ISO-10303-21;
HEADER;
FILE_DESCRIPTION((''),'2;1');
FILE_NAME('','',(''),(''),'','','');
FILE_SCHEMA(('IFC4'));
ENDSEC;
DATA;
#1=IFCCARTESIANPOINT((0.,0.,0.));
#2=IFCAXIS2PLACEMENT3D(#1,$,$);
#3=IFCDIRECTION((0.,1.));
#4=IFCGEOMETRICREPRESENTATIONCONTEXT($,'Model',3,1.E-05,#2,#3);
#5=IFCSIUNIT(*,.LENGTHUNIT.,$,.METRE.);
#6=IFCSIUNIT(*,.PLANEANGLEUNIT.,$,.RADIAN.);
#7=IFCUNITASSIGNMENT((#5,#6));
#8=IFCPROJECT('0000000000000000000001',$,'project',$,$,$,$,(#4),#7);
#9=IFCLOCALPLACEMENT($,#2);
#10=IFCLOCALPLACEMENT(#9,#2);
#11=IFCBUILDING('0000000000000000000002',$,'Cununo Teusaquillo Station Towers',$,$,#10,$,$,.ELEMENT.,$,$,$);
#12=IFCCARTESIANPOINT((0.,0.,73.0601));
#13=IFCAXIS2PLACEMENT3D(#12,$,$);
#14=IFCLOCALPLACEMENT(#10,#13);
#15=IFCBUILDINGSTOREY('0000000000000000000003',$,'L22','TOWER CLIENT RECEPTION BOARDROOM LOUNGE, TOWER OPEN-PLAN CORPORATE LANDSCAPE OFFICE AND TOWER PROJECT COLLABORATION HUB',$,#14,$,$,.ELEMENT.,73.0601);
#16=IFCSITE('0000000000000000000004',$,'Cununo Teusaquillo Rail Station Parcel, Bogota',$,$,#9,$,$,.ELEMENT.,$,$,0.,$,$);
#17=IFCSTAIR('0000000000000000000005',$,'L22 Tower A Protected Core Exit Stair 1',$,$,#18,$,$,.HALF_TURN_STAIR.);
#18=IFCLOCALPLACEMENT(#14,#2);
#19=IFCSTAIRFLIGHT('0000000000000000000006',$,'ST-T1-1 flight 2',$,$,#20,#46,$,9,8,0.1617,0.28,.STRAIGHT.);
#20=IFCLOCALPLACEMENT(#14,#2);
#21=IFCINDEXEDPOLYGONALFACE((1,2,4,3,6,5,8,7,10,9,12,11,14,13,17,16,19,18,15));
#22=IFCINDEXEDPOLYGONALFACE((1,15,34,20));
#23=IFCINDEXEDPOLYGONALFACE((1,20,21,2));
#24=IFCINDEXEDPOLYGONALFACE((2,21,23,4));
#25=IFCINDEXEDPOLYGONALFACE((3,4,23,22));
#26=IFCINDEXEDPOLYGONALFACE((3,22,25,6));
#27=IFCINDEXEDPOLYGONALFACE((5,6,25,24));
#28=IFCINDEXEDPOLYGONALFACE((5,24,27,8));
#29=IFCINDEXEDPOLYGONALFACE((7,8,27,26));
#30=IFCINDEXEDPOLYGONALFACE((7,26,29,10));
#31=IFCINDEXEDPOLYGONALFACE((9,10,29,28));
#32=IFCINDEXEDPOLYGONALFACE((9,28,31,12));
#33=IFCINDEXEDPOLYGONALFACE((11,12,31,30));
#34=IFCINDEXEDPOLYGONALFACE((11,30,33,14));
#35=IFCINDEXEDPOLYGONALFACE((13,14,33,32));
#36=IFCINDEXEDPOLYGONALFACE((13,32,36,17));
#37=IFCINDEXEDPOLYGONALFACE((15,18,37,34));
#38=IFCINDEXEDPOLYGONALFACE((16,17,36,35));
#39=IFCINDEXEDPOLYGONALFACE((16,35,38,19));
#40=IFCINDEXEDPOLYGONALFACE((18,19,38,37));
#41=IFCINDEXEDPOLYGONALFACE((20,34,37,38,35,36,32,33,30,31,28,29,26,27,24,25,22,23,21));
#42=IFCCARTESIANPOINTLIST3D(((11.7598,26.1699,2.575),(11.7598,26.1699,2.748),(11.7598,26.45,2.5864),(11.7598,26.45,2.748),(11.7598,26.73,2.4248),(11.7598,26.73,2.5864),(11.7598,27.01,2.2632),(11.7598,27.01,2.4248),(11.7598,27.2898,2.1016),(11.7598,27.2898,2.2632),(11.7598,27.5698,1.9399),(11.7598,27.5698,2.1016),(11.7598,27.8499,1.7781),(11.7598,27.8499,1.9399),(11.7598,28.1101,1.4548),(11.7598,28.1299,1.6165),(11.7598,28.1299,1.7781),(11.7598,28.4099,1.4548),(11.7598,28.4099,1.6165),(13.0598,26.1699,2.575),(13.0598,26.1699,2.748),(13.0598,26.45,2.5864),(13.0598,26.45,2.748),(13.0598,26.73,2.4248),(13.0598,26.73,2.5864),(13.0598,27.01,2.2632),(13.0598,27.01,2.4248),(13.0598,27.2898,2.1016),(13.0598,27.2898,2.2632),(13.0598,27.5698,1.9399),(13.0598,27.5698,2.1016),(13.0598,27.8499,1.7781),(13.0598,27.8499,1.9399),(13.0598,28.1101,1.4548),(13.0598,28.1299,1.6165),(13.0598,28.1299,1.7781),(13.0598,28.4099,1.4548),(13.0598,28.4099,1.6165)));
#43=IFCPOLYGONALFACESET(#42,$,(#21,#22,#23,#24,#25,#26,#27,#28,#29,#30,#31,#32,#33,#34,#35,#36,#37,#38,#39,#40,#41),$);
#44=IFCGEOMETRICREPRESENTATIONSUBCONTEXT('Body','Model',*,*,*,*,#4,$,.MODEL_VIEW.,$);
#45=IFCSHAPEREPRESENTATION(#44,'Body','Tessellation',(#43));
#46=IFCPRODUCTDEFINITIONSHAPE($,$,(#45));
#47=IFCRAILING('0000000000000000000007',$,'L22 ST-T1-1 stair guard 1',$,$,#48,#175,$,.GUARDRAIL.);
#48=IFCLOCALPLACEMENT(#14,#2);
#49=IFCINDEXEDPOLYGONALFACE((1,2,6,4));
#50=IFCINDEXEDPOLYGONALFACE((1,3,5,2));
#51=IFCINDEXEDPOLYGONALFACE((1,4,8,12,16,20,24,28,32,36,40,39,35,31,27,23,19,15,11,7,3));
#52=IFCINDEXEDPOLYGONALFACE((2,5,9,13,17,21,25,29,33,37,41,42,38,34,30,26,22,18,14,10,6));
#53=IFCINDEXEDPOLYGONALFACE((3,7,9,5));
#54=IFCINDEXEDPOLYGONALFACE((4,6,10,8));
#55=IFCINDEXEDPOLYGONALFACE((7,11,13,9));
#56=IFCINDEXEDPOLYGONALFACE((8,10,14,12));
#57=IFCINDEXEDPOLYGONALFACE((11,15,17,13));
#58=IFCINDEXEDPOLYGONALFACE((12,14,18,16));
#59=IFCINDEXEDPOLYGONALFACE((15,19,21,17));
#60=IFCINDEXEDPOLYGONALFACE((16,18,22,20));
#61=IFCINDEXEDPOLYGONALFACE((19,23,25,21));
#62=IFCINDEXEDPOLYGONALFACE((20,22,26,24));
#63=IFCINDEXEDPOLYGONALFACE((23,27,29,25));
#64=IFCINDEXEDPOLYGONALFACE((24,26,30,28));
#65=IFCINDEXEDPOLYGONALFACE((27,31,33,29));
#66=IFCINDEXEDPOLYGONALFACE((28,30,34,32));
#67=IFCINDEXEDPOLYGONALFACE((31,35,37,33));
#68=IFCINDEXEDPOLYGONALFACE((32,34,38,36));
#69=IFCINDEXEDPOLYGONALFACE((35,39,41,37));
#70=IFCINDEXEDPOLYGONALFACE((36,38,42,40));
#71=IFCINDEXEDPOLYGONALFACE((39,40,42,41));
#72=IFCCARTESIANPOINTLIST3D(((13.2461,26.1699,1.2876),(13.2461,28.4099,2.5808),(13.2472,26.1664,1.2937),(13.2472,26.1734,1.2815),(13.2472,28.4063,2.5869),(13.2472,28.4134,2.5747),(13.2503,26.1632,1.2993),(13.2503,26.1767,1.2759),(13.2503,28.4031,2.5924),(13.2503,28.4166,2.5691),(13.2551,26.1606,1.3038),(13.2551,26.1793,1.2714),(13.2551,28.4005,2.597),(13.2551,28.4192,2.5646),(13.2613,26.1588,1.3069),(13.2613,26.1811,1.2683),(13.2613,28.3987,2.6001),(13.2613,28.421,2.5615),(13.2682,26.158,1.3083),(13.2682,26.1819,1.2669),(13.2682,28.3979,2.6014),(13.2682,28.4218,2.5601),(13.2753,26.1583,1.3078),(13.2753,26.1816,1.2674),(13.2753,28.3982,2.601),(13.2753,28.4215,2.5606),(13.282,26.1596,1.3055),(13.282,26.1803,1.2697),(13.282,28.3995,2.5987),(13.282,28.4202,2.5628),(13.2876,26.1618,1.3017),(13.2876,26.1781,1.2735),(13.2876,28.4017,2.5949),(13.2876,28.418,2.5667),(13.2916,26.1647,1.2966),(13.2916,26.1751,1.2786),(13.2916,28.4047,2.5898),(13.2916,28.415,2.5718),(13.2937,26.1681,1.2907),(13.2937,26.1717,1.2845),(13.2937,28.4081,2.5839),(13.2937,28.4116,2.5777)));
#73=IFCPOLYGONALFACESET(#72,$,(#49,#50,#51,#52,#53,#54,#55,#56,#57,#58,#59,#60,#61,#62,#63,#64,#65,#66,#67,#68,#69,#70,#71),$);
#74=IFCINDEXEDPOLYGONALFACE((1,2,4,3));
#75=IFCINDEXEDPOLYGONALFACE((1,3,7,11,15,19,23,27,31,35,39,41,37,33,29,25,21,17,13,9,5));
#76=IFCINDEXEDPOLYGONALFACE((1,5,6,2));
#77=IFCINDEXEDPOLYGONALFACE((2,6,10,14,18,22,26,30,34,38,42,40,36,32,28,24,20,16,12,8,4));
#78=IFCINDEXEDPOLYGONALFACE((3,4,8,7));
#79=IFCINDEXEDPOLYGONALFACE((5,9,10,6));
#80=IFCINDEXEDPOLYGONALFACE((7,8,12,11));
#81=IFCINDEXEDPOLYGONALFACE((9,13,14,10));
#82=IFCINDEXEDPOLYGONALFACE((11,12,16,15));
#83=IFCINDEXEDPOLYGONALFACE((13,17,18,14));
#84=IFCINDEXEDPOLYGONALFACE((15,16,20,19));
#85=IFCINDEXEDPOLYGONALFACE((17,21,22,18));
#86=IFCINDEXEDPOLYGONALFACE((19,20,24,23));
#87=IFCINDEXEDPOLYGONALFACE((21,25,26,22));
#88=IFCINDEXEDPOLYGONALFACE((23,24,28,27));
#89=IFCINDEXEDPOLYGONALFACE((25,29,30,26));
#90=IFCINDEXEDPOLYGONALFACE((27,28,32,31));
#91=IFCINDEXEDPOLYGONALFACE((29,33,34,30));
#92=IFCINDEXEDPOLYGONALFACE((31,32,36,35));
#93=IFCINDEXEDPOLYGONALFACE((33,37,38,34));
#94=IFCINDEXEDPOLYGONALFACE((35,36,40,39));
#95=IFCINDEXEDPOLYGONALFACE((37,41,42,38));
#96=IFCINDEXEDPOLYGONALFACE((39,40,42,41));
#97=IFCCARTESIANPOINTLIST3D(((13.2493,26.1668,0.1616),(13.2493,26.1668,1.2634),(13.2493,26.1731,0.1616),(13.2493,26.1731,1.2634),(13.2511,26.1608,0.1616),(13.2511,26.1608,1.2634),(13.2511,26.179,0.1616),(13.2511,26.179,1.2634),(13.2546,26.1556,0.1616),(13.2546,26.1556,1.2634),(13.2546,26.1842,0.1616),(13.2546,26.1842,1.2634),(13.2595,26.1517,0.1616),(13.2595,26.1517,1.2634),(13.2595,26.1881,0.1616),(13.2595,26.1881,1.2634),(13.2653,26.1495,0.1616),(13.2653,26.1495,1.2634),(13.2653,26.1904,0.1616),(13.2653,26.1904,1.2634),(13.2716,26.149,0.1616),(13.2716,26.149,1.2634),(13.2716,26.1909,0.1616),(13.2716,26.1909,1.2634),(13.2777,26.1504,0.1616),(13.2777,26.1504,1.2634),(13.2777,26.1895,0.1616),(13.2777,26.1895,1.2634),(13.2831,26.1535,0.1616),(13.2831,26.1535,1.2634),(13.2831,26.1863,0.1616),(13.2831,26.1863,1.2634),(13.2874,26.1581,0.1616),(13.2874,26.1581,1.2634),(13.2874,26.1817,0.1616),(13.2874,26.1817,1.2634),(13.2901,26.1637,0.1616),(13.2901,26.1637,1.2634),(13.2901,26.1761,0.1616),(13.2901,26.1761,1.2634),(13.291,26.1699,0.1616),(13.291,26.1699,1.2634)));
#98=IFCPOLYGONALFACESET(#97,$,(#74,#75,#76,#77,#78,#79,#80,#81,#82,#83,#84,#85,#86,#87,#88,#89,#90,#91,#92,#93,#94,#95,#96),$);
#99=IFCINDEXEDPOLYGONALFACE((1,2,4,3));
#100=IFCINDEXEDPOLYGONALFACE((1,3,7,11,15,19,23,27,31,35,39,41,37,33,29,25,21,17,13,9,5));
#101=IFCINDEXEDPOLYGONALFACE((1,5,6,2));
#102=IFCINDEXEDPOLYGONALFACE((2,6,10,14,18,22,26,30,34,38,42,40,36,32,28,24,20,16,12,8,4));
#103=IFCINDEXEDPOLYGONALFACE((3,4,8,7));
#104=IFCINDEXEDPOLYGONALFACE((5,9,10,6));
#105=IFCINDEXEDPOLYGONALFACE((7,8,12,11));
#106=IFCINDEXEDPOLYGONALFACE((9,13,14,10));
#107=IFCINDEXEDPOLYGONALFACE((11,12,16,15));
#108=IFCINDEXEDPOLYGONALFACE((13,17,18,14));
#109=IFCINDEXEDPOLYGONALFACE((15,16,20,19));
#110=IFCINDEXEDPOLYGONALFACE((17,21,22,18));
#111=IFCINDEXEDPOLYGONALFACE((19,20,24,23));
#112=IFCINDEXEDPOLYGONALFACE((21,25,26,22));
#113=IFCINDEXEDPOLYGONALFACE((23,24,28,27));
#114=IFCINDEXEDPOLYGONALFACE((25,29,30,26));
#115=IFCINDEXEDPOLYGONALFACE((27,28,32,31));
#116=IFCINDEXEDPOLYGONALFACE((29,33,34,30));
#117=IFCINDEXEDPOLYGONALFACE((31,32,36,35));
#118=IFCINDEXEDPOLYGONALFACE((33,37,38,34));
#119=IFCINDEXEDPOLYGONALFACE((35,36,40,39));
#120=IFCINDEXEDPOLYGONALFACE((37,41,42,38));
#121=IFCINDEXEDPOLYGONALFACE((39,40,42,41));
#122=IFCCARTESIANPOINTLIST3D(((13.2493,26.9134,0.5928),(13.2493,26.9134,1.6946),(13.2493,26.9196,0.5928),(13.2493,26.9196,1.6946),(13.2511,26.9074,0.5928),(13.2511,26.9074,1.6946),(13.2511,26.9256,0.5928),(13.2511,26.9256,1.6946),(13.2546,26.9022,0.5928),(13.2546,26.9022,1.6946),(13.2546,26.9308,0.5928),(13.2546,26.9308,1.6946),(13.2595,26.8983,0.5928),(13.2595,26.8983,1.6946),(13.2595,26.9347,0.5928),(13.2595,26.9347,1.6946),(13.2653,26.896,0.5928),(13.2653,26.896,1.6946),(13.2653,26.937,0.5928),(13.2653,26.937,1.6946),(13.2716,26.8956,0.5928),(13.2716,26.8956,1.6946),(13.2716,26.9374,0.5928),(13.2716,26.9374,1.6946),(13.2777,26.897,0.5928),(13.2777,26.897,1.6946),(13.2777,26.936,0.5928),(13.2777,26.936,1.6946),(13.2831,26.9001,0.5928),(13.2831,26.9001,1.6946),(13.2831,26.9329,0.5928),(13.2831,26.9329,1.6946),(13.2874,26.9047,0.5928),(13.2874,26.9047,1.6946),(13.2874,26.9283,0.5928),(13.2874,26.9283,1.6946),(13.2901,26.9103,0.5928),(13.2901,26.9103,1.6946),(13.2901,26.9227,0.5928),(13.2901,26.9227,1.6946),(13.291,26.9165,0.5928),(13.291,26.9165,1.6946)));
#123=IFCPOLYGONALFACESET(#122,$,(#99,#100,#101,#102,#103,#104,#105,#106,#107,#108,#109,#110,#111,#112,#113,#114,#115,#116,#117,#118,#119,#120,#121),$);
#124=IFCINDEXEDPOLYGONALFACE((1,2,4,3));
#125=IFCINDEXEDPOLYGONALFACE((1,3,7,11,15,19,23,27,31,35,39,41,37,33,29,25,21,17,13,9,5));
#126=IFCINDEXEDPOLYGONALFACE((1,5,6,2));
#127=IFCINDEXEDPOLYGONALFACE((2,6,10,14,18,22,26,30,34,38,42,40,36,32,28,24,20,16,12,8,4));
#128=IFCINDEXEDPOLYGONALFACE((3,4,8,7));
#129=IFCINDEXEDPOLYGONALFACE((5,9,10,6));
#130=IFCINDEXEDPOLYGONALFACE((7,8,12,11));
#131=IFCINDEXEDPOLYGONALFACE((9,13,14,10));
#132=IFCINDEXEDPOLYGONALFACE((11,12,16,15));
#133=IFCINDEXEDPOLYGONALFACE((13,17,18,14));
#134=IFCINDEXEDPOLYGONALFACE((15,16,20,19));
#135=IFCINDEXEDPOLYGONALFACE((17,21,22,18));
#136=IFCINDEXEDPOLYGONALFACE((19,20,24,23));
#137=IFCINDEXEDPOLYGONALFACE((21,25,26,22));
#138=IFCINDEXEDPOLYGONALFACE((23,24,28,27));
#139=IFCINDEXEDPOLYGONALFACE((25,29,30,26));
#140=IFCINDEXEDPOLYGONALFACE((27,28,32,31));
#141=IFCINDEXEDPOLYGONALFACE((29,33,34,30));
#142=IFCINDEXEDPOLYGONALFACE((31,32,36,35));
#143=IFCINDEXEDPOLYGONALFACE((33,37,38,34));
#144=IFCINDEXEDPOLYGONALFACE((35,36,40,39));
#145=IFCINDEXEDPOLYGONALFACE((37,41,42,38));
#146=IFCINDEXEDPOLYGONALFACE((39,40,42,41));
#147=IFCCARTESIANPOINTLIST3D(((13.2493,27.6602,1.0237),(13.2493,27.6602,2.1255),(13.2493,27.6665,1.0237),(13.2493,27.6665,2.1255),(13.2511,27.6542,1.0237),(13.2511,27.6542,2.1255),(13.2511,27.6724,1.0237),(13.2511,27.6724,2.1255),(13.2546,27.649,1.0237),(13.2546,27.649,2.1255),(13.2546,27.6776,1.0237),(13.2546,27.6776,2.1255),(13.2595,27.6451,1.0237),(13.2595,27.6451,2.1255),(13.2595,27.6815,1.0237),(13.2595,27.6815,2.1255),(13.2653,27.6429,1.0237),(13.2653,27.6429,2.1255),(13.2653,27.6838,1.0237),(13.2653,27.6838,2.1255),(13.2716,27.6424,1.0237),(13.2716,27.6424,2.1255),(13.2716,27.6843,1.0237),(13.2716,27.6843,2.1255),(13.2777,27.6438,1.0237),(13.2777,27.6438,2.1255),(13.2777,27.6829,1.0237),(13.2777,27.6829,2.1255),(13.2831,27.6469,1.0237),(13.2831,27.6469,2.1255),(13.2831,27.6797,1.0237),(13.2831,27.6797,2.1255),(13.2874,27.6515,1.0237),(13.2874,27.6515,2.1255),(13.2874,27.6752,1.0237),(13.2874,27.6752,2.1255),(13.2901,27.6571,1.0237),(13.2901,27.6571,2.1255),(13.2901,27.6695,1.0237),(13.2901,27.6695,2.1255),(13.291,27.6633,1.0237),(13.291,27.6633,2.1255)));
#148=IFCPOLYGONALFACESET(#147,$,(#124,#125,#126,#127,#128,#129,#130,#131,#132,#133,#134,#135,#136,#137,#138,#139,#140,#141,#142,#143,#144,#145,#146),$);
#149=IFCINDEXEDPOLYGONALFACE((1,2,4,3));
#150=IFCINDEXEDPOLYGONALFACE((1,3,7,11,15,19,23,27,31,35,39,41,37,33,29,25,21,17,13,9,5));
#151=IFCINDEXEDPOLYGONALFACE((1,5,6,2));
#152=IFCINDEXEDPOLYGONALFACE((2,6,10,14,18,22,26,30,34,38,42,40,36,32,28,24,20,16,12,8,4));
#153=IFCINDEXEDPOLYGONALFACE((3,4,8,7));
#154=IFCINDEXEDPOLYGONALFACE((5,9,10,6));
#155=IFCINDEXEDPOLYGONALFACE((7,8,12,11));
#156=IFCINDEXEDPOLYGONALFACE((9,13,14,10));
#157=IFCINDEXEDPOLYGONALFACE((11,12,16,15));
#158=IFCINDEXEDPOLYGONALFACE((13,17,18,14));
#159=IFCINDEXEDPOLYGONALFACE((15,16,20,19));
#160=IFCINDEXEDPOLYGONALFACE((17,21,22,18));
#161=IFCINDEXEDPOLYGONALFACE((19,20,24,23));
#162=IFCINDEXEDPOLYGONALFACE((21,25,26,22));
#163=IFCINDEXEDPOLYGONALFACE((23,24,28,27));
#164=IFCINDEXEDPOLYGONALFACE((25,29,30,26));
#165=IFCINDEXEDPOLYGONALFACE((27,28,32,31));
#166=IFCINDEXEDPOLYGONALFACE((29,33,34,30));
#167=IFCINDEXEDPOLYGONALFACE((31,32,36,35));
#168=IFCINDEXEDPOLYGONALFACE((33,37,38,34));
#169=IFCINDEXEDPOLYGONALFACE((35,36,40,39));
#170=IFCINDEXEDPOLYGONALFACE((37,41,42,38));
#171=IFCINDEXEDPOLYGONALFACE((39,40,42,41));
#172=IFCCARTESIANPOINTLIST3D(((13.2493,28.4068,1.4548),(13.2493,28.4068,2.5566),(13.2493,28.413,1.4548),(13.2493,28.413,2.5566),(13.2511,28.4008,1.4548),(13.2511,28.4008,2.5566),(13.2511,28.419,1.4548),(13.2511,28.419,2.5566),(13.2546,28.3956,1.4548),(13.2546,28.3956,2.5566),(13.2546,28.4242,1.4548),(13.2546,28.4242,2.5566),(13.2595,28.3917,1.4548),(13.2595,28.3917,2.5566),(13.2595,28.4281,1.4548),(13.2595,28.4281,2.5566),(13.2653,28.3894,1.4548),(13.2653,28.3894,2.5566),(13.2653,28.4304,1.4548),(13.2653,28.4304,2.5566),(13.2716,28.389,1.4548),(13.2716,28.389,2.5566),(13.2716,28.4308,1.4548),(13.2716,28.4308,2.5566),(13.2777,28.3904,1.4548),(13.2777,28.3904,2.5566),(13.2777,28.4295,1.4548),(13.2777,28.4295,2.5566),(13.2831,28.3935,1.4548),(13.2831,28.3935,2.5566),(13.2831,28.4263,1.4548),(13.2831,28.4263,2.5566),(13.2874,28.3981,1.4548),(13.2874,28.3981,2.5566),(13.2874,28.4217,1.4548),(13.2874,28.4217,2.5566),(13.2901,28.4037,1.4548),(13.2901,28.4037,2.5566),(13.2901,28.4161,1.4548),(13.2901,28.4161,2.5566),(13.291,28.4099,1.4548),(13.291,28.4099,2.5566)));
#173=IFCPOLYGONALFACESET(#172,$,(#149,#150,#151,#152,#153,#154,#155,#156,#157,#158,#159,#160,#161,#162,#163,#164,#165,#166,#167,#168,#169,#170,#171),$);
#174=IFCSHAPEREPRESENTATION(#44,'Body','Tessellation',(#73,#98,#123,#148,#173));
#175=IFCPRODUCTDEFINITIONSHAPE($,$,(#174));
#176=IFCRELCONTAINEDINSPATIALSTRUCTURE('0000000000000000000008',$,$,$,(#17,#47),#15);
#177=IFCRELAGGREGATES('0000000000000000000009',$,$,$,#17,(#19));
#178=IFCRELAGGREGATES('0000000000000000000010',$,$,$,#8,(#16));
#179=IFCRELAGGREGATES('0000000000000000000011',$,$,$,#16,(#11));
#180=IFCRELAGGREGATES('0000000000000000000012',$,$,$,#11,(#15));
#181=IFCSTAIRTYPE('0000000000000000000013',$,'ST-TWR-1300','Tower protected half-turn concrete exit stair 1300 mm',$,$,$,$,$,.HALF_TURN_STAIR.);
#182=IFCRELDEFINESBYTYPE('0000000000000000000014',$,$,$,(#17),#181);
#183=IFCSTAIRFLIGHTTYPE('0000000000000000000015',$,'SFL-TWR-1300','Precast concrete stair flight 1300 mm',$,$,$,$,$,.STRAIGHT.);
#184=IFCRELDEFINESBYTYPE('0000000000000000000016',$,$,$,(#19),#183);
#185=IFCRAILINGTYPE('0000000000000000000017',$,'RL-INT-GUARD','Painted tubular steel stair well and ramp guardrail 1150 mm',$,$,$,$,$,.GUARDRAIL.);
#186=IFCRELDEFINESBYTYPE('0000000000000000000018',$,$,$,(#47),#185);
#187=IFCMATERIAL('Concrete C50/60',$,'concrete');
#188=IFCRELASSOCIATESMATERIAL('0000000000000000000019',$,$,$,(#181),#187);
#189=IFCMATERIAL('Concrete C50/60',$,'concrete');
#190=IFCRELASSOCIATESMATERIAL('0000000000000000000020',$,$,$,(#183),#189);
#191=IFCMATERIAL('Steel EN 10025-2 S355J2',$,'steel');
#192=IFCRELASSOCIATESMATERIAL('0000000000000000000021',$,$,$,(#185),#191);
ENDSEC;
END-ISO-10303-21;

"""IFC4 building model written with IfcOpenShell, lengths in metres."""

from ifc_helpers import new_model, si_unit, direction, frame, origin, origin_2d, place, context, subcontext, project, spatial, polyline, circle, outline, extrude, material, type_object, element, aggregate, save


model = new_model("IFC4")

# Units and contexts
model_context = context("Model", 3, precision=1e-05, world=origin(), true_north=direction((0.0, 1.0)))
body_context = subcontext(model_context, "Body", "Model", "MODEL_VIEW")
ifc_project = project(units=[si_unit("LENGTHUNIT", "METRE"), si_unit("PLANEANGLEUNIT", "RADIAN")], contexts=[model_context])

# Site, building, storey
site_placement = place(None, origin())
site = spatial("IfcSite", under=ifc_project, at=site_placement, Name="Cununo Teusaquillo Rail Station Parcel, Bogota", CompositionType="ELEMENT", RefElevation=0.0)
building_placement = place(site_placement, origin())
building = spatial("IfcBuilding", under=site, at=building_placement, Name="Cununo Teusaquillo Station Towers", CompositionType="ELEMENT")
storey_placement = place(building_placement, frame((0.0, 0.0, 73.0601)))
storey = spatial("IfcBuildingStorey", under=building, at=storey_placement, Name="L22", Description="TOWER CLIENT RECEPTION BOARDROOM LOUNGE, TOWER OPEN-PLAN CORPORATE LANDSCAPE OFFICE AND TOWER PROJECT COLLABORATION HUB", CompositionType="ELEMENT", Elevation=73.0601)

# Stair, stair flight
ifc_material_1 = material(Name="Concrete C50/60", Category="concrete")
stair_type = type_object("IfcStairType", Name="ST-TWR-1300", Description="Tower protected half-turn concrete exit stair 1300 mm", PredefinedType="HALF_TURN_STAIR", material=ifc_material_1)
stair_placement = place(storey_placement, origin())
stair = element("IfcStair", 1, at=stair_placement, inside=storey, type_object=stair_type, Name="L22 Tower A Protected Core Exit Stair 1", PredefinedType="HALF_TURN_STAIR")
ifc_material_2 = material(Name="Concrete C50/60", Category="concrete")
stair_flight_type = type_object("IfcStairFlightType", Name="SFL-TWR-1300", Description="Precast concrete stair flight 1300 mm", PredefinedType="STRAIGHT", material=ifc_material_2)
stair_flight_1_placement = place(storey_placement, frame((12.4099, 28.4099, 1.4548), z_axis=(0.0, 0.0, 1.0), x_axis=(0.0, -1.0, 0.0)))
stair_flight_1 = element("IfcStairFlight", 2, at=stair_flight_1_placement, type_object=stair_flight_type, Name="ST-T1-1 flight 2", NumberOfRisers=9, NumberOfTreads=8, PredefinedType="STRAIGHT", RiserHeight=0.1617, TreadLength=0.28, context=body_context, shape_type="SweptSolid", body=[
    extrude(outline(polyline([(0.0, 0.0), (0.0, 0.1616), (0.28, 0.1616), (0.28, 0.3232), (0.5601, 0.3232), (0.5601, 0.4851), (0.8401, 0.4851), (0.8401, 0.6467), (1.1201, 0.6467), (1.1201, 0.8083), (1.3999, 0.8083), (1.3999, 0.97), (1.6799, 0.97), (1.6799, 1.1316), (1.96, 1.1316), (1.96, 1.2932), (2.24, 1.2932), (2.24, 1.4551), (2.24, 1.1201), (0.2998, 0.0), (0.0, 0.0)])), frame((0.0, 0.6499, 0.0), z_axis=(0.0, -1.0, 0.0), x_axis=(1.0, 0.0, 0.0)), (0.0, 0.0, 1.0), 1.3),
])
aggregate(stair, [stair_flight_1])

# Railing
ifc_material_3 = material(Name="Steel EN 10025-2 S355J2", Category="steel")
railing_type_1 = type_object("IfcRailingType", Name="RL-INT-GUARD", Description="Painted tubular steel stair well and ramp guardrail 1150 mm", PredefinedType="GUARDRAIL", material=ifc_material_3)
railing_1_placement = place(storey_placement, frame((13.27, 26.1699, 0.1616)))
element("IfcRailing", 3, at=railing_1_placement, inside=storey, type_object=railing_type_1, Name="L22 ST-T1-1 stair guard 1", PredefinedType="GUARDRAIL", context=body_context, shape_type="SweptSolid", body=[
    extrude(circle(Radius=0.0239, at=origin_2d()), frame((0.0, 0.0, 1.126), z_axis=(0.0, 0.866033, 0.499987), x_axis=(-1.0, 0.0, 0.0)), (0.0, 0.0, 1.0), 2.5864),
    extrude(circle(Radius=0.021, at=origin_2d()), origin(), (0.0, 0.0, 1.0), 1.1018),
    extrude(circle(Radius=0.021, at=origin_2d()), frame((0.0, 0.7466, 0.4312)), (0.0, 0.0, 1.0), 1.1018),
    extrude(circle(Radius=0.021, at=origin_2d()), frame((0.0, 1.4934, 0.8621)), (0.0, 0.0, 1.0), 1.1018),
    extrude(circle(Radius=0.021, at=origin_2d()), frame((0.0, 2.24, 1.2932)), (0.0, 0.0, 1.0), 1.1018),
])

save(model, "model.ifc")
